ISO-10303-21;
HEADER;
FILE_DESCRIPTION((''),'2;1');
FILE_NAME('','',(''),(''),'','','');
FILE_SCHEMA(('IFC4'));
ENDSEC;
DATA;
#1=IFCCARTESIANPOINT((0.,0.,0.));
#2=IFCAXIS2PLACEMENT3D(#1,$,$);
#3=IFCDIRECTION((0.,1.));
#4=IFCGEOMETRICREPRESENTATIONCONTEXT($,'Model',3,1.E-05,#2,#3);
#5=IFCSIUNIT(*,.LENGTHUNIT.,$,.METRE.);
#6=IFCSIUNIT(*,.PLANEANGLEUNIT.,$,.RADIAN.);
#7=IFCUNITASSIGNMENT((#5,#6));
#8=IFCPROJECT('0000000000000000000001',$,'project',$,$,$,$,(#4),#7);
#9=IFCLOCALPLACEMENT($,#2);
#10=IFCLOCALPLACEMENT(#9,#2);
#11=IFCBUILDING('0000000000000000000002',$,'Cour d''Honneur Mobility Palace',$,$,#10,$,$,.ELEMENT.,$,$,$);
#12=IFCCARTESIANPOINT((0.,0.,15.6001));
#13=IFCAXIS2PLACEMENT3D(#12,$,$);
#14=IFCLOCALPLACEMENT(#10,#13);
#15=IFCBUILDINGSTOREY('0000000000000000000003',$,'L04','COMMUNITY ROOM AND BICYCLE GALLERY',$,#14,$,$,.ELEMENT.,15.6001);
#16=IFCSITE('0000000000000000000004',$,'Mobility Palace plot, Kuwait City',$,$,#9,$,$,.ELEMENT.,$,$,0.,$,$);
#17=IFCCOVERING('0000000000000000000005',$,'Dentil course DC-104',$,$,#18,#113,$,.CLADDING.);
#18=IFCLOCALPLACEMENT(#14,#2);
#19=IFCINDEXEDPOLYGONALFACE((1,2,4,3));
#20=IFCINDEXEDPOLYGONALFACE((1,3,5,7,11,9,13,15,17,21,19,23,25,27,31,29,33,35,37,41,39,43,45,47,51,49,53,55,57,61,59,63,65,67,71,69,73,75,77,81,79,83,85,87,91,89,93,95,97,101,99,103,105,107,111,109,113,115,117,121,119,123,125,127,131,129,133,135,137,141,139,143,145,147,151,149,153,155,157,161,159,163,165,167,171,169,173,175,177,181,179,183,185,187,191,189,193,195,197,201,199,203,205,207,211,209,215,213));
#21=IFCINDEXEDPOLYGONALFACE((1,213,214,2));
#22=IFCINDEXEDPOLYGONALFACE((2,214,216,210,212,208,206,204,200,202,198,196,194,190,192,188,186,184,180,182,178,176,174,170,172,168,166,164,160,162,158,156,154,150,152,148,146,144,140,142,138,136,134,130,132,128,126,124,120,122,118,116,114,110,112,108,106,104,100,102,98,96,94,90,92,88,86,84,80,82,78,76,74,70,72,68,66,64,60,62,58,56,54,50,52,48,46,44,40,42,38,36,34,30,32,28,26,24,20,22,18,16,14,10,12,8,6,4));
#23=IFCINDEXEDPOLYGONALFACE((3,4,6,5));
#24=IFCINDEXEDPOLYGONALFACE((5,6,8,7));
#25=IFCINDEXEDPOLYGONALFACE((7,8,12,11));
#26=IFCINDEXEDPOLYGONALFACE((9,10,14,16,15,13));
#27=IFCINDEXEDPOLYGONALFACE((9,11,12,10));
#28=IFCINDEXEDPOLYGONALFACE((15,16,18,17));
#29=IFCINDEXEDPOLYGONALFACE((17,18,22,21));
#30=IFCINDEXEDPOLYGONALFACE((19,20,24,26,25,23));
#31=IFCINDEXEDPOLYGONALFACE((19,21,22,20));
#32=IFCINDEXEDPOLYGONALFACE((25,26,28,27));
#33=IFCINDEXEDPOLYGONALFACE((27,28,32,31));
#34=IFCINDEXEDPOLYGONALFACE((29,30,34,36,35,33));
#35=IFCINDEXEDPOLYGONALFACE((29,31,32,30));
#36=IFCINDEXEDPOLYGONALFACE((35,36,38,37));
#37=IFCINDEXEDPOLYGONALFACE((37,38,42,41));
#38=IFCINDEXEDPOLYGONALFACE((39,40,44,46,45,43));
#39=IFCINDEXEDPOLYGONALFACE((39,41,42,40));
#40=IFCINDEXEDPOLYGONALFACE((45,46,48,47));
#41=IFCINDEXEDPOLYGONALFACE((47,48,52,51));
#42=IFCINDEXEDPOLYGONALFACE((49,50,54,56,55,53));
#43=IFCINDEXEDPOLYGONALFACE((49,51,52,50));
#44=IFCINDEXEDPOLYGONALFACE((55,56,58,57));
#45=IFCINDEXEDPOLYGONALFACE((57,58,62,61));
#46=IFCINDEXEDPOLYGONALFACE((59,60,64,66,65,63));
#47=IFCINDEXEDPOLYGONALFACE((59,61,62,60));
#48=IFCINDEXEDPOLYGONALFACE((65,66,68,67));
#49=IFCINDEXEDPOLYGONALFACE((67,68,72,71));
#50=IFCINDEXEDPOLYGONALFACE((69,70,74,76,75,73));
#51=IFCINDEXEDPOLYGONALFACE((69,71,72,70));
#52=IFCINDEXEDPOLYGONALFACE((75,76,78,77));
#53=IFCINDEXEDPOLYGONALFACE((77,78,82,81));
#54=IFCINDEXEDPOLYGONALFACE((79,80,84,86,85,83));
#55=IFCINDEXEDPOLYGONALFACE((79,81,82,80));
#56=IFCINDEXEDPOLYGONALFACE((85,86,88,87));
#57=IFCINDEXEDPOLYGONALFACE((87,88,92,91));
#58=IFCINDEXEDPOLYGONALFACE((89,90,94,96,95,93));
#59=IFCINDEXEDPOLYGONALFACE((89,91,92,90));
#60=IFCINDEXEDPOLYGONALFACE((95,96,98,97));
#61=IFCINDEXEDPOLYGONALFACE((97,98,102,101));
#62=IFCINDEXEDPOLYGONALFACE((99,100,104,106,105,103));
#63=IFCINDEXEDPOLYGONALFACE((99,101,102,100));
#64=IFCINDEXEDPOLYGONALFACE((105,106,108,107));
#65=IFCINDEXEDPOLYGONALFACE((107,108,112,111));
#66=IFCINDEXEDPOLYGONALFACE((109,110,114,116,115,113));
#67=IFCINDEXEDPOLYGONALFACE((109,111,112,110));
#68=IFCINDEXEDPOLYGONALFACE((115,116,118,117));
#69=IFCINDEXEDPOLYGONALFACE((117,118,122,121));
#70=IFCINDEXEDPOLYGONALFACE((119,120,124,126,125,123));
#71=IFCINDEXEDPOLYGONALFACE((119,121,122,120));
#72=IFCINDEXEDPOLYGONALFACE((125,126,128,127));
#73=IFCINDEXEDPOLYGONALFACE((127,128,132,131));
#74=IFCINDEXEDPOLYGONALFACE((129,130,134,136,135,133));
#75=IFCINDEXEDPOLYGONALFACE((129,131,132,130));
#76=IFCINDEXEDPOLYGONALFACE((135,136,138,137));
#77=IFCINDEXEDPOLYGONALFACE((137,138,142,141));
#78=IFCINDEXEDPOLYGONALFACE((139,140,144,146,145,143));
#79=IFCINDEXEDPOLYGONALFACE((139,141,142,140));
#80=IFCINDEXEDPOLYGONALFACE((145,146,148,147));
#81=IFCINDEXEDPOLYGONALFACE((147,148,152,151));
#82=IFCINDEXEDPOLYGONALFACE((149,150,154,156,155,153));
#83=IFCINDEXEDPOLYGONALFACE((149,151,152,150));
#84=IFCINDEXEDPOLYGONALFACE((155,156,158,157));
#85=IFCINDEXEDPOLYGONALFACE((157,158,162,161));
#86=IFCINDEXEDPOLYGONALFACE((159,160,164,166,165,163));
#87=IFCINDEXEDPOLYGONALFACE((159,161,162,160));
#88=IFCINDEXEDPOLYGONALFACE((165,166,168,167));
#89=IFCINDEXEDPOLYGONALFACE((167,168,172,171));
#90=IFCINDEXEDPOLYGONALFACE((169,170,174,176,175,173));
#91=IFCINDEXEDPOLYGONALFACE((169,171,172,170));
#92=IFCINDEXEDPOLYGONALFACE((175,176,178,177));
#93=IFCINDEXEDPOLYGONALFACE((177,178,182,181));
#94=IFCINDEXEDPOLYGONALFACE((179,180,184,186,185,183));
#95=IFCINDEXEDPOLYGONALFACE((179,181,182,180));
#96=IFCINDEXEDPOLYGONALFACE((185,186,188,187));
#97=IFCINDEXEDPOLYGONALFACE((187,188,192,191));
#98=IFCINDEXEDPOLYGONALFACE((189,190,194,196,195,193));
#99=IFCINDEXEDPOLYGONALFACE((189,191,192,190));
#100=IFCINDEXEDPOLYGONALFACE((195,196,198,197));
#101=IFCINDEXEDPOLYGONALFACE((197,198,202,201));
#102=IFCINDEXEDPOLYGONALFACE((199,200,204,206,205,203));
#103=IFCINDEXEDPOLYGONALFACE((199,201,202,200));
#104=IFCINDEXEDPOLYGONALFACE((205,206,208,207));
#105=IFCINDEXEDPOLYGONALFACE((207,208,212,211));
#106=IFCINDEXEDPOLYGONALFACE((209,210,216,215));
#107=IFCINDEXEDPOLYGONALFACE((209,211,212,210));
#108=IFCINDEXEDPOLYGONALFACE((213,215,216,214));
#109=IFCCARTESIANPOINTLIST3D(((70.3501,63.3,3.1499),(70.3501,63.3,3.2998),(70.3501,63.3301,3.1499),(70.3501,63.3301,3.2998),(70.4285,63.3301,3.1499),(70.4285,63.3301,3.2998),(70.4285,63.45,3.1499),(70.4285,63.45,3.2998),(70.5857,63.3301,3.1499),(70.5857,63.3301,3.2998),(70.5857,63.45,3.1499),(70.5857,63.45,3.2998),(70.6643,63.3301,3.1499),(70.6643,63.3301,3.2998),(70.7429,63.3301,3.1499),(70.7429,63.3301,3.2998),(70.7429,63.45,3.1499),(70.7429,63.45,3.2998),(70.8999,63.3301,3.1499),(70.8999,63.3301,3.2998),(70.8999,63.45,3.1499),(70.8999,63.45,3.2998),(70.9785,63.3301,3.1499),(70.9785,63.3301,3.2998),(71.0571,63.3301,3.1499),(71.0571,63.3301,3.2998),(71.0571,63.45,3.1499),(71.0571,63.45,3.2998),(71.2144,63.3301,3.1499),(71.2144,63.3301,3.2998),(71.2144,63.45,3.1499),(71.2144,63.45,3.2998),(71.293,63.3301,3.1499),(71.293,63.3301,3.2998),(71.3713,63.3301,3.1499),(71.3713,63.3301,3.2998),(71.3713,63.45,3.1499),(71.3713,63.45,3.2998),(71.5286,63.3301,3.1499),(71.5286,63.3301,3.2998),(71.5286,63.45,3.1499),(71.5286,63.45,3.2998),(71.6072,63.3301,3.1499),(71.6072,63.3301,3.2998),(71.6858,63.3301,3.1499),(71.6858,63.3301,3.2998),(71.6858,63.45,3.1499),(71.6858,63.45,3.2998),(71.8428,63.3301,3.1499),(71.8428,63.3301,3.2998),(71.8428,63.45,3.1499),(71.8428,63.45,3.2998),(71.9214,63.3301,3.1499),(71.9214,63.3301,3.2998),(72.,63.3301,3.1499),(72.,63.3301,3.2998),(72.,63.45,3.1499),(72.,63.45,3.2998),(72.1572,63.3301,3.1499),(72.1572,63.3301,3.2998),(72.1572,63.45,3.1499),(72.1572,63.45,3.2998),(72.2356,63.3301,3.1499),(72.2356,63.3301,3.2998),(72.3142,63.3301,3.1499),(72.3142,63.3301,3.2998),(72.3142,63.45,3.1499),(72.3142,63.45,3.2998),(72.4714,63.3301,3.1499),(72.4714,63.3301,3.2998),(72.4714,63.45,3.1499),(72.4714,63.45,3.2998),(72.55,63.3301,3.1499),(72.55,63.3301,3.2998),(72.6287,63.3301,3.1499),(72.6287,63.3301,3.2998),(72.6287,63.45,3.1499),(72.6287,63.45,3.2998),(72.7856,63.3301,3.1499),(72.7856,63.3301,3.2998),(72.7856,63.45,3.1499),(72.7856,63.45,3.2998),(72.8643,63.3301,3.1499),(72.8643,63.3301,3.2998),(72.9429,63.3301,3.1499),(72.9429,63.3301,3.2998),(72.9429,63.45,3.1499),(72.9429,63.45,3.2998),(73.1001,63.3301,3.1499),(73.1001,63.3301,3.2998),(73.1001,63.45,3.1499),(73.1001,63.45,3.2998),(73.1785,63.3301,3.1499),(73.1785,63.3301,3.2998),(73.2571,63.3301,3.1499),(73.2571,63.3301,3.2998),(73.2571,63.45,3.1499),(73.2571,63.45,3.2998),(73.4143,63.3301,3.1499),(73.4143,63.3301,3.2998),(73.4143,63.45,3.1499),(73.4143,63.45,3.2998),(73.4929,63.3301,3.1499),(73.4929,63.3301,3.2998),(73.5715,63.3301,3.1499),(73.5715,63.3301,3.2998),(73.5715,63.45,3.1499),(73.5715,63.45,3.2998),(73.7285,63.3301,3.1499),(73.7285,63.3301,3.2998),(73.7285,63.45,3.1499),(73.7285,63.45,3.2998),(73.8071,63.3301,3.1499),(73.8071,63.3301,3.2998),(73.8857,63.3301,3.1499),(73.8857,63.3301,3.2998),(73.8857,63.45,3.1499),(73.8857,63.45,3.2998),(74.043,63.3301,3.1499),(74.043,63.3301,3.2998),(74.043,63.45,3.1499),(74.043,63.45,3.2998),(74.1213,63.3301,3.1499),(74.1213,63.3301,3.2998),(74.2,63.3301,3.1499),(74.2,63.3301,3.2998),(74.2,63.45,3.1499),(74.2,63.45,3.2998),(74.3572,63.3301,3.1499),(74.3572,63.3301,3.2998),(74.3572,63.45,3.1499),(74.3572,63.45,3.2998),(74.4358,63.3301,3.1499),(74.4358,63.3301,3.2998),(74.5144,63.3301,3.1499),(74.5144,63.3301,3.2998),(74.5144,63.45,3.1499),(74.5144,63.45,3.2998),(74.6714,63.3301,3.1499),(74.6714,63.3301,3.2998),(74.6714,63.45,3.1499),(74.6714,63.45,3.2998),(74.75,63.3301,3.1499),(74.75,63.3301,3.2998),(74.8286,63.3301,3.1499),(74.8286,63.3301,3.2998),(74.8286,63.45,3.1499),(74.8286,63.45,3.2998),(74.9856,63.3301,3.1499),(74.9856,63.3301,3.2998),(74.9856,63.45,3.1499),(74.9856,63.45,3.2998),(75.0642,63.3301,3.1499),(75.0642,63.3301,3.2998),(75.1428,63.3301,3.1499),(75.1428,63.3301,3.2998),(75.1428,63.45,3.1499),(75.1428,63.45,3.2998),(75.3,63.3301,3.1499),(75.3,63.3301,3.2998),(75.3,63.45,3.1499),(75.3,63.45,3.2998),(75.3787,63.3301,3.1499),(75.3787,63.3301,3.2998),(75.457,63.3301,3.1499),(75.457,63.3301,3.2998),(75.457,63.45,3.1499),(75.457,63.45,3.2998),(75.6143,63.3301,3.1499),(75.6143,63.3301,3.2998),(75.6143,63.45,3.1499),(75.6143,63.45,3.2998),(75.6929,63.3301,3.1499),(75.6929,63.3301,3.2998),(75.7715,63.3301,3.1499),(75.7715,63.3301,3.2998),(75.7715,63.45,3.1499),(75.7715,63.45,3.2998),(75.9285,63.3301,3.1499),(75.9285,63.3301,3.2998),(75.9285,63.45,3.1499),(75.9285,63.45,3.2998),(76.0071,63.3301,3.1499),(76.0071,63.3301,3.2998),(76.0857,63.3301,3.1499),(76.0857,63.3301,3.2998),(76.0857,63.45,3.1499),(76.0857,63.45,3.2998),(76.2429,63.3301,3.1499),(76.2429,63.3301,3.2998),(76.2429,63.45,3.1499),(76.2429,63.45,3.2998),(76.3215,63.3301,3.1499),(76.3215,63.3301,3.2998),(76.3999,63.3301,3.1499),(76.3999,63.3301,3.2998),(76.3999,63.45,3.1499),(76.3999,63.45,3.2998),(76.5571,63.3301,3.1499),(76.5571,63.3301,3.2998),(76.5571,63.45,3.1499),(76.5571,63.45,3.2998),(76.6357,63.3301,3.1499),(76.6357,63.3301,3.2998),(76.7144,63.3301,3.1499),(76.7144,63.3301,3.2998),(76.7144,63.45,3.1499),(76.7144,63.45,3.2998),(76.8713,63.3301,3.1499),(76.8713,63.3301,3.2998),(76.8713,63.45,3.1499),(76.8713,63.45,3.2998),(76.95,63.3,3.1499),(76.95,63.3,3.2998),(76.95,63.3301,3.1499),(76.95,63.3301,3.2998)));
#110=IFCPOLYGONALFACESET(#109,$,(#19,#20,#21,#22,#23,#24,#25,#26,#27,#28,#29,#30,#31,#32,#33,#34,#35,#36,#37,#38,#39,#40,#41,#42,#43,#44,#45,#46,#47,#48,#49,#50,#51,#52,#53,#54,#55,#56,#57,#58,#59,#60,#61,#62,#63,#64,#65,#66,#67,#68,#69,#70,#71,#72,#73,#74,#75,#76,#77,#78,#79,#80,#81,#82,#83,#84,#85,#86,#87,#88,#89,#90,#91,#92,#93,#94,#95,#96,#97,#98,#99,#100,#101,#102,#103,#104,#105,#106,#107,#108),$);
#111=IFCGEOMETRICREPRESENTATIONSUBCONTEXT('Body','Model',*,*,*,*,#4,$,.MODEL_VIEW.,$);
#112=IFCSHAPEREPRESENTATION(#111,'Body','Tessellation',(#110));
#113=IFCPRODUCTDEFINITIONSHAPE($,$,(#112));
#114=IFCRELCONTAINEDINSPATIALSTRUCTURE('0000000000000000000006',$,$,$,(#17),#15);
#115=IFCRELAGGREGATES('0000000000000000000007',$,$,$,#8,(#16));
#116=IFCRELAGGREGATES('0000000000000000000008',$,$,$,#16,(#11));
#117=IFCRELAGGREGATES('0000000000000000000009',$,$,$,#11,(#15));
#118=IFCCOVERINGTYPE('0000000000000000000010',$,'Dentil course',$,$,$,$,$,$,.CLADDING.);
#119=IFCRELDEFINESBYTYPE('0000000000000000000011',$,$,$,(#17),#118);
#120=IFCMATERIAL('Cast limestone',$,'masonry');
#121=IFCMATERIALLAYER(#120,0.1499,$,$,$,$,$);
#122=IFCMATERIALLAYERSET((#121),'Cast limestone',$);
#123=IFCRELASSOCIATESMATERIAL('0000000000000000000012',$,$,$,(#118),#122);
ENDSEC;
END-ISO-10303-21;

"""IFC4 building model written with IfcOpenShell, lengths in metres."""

from ifc_helpers import new_model, si_unit, direction, frame, origin, place, context, subcontext, project, spatial, polyline, outline, extrude, material, layer, layer_set, type_object, element, save


model = new_model("IFC4")

# Units and contexts
model_context = context("Model", 3, precision=1e-05, world=origin(), true_north=direction((0.0, 1.0)))
body_context = subcontext(model_context, "Body", "Model", "MODEL_VIEW")
ifc_project = project(units=[si_unit("LENGTHUNIT", "METRE"), si_unit("PLANEANGLEUNIT", "RADIAN")], contexts=[model_context])

# Site, building, storey
site_placement = place(None, origin())
site = spatial("IfcSite", under=ifc_project, at=site_placement, Name="Mobility Palace plot, Kuwait City", CompositionType="ELEMENT", RefElevation=0.0)
building_placement = place(site_placement, origin())
building = spatial("IfcBuilding", under=site, at=building_placement, Name="Cour d'Honneur Mobility Palace", CompositionType="ELEMENT")
storey_placement = place(building_placement, frame((0.0, 0.0, 15.6001)))
storey = spatial("IfcBuildingStorey", under=building, at=storey_placement, Name="L04", Description="COMMUNITY ROOM AND BICYCLE GALLERY", CompositionType="ELEMENT", Elevation=15.6001)

# Covering
ifc_material = material(Name="Cast limestone", Category="masonry")
ifc_layer = layer(ifc_material, 0.1499)
ifc_layer_set = layer_set([ifc_layer], Name="Cast limestone")
covering_type = type_object("IfcCoveringType", Name="Dentil course", PredefinedType="CLADDING", material=ifc_layer_set)
covering_1_placement = place(storey_placement, frame((0.0, 0.0, 3.1499)))
element("IfcCovering", 1, at=covering_1_placement, inside=storey, type_object=covering_type, Name="Dentil course DC-104", PredefinedType="CLADDING", context=body_context, shape_type="SweptSolid", body=[
    extrude(outline(polyline([(76.95, 63.3), (70.3501, 63.3), (70.3501, 63.3301), (70.3501, 63.3301), (70.4285, 63.3301), (70.4285, 63.45), (70.5857, 63.45), (70.5857, 63.3301), (70.6643, 63.3301), (70.6643, 63.3301), (70.7429, 63.3301), (70.7429, 63.45), (70.8999, 63.45), (70.8999, 63.3301), (70.9785, 63.3301), (70.9785, 63.3301), (71.0571, 63.3301), (71.0571, 63.45), (71.2144, 63.45), (71.2144, 63.3301), (71.293, 63.3301), (71.293, 63.3301), (71.3713, 63.3301), (71.3713, 63.45), (71.5286, 63.45), (71.5286, 63.3301), (71.6072, 63.3301), (71.6072, 63.3301), (71.6858, 63.3301), (71.6858, 63.45), (71.8428, 63.45), (71.8428, 63.3301), (71.9214, 63.3301), (71.9214, 63.3301), (72.0, 63.3301), (72.0, 63.45), (72.1572, 63.45), (72.1572, 63.3301), (72.2356, 63.3301), (72.2356, 63.3301), (72.3142, 63.3301), (72.3142, 63.45), (72.4714, 63.45), (72.4714, 63.3301), (72.55, 63.3301), (72.55, 63.3301), (72.6287, 63.3301), (72.6287, 63.45), (72.7856, 63.45), (72.7856, 63.3301), (72.8643, 63.3301), (72.8643, 63.3301), (72.9429, 63.3301), (72.9429, 63.45), (73.1001, 63.45), (73.1001, 63.3301), (73.1785, 63.3301), (73.1785, 63.3301), (73.2571, 63.3301), (73.2571, 63.45), (73.4143, 63.45), (73.4143, 63.3301), (73.4929, 63.3301), (73.4929, 63.3301), (73.5715, 63.3301), (73.5715, 63.45), (73.7285, 63.45), (73.7285, 63.3301), (73.8071, 63.3301), (73.8071, 63.3301), (73.8857, 63.3301), (73.8857, 63.45), (74.043, 63.45), (74.043, 63.3301), (74.1213, 63.3301), (74.1213, 63.3301), (74.2, 63.3301), (74.2, 63.45), (74.3572, 63.45), (74.3572, 63.3301), (74.4358, 63.3301), (74.4358, 63.3301), (74.5144, 63.3301), (74.5144, 63.45), (74.6714, 63.45), (74.6714, 63.3301), (74.75, 63.3301), (74.75, 63.3301), (74.8286, 63.3301), (74.8286, 63.45), (74.9856, 63.45), (74.9856, 63.3301), (75.0642, 63.3301), (75.0642, 63.3301), (75.1428, 63.3301), (75.1428, 63.45), (75.3, 63.45), (75.3, 63.3301), (75.3787, 63.3301), (75.3787, 63.3301), (75.457, 63.3301), (75.457, 63.45), (75.6143, 63.45), (75.6143, 63.3301), (75.6929, 63.3301), (75.6929, 63.3301), (75.7715, 63.3301), (75.7715, 63.45), (75.9285, 63.45), (75.9285, 63.3301), (76.0071, 63.3301), (76.0071, 63.3301), (76.0857, 63.3301), (76.0857, 63.45), (76.2429, 63.45), (76.2429, 63.3301), (76.3215, 63.3301), (76.3215, 63.3301), (76.3999, 63.3301), (76.3999, 63.45), (76.5571, 63.45), (76.5571, 63.3301), (76.6357, 63.3301), (76.6357, 63.3301), (76.7144, 63.3301), (76.7144, 63.45), (76.8713, 63.45), (76.8713, 63.3301), (76.95, 63.3301), (76.95, 63.3)])), origin(), (0.0, 0.0, 1.0), 0.1499),
])

save(model, "model.ifc")
